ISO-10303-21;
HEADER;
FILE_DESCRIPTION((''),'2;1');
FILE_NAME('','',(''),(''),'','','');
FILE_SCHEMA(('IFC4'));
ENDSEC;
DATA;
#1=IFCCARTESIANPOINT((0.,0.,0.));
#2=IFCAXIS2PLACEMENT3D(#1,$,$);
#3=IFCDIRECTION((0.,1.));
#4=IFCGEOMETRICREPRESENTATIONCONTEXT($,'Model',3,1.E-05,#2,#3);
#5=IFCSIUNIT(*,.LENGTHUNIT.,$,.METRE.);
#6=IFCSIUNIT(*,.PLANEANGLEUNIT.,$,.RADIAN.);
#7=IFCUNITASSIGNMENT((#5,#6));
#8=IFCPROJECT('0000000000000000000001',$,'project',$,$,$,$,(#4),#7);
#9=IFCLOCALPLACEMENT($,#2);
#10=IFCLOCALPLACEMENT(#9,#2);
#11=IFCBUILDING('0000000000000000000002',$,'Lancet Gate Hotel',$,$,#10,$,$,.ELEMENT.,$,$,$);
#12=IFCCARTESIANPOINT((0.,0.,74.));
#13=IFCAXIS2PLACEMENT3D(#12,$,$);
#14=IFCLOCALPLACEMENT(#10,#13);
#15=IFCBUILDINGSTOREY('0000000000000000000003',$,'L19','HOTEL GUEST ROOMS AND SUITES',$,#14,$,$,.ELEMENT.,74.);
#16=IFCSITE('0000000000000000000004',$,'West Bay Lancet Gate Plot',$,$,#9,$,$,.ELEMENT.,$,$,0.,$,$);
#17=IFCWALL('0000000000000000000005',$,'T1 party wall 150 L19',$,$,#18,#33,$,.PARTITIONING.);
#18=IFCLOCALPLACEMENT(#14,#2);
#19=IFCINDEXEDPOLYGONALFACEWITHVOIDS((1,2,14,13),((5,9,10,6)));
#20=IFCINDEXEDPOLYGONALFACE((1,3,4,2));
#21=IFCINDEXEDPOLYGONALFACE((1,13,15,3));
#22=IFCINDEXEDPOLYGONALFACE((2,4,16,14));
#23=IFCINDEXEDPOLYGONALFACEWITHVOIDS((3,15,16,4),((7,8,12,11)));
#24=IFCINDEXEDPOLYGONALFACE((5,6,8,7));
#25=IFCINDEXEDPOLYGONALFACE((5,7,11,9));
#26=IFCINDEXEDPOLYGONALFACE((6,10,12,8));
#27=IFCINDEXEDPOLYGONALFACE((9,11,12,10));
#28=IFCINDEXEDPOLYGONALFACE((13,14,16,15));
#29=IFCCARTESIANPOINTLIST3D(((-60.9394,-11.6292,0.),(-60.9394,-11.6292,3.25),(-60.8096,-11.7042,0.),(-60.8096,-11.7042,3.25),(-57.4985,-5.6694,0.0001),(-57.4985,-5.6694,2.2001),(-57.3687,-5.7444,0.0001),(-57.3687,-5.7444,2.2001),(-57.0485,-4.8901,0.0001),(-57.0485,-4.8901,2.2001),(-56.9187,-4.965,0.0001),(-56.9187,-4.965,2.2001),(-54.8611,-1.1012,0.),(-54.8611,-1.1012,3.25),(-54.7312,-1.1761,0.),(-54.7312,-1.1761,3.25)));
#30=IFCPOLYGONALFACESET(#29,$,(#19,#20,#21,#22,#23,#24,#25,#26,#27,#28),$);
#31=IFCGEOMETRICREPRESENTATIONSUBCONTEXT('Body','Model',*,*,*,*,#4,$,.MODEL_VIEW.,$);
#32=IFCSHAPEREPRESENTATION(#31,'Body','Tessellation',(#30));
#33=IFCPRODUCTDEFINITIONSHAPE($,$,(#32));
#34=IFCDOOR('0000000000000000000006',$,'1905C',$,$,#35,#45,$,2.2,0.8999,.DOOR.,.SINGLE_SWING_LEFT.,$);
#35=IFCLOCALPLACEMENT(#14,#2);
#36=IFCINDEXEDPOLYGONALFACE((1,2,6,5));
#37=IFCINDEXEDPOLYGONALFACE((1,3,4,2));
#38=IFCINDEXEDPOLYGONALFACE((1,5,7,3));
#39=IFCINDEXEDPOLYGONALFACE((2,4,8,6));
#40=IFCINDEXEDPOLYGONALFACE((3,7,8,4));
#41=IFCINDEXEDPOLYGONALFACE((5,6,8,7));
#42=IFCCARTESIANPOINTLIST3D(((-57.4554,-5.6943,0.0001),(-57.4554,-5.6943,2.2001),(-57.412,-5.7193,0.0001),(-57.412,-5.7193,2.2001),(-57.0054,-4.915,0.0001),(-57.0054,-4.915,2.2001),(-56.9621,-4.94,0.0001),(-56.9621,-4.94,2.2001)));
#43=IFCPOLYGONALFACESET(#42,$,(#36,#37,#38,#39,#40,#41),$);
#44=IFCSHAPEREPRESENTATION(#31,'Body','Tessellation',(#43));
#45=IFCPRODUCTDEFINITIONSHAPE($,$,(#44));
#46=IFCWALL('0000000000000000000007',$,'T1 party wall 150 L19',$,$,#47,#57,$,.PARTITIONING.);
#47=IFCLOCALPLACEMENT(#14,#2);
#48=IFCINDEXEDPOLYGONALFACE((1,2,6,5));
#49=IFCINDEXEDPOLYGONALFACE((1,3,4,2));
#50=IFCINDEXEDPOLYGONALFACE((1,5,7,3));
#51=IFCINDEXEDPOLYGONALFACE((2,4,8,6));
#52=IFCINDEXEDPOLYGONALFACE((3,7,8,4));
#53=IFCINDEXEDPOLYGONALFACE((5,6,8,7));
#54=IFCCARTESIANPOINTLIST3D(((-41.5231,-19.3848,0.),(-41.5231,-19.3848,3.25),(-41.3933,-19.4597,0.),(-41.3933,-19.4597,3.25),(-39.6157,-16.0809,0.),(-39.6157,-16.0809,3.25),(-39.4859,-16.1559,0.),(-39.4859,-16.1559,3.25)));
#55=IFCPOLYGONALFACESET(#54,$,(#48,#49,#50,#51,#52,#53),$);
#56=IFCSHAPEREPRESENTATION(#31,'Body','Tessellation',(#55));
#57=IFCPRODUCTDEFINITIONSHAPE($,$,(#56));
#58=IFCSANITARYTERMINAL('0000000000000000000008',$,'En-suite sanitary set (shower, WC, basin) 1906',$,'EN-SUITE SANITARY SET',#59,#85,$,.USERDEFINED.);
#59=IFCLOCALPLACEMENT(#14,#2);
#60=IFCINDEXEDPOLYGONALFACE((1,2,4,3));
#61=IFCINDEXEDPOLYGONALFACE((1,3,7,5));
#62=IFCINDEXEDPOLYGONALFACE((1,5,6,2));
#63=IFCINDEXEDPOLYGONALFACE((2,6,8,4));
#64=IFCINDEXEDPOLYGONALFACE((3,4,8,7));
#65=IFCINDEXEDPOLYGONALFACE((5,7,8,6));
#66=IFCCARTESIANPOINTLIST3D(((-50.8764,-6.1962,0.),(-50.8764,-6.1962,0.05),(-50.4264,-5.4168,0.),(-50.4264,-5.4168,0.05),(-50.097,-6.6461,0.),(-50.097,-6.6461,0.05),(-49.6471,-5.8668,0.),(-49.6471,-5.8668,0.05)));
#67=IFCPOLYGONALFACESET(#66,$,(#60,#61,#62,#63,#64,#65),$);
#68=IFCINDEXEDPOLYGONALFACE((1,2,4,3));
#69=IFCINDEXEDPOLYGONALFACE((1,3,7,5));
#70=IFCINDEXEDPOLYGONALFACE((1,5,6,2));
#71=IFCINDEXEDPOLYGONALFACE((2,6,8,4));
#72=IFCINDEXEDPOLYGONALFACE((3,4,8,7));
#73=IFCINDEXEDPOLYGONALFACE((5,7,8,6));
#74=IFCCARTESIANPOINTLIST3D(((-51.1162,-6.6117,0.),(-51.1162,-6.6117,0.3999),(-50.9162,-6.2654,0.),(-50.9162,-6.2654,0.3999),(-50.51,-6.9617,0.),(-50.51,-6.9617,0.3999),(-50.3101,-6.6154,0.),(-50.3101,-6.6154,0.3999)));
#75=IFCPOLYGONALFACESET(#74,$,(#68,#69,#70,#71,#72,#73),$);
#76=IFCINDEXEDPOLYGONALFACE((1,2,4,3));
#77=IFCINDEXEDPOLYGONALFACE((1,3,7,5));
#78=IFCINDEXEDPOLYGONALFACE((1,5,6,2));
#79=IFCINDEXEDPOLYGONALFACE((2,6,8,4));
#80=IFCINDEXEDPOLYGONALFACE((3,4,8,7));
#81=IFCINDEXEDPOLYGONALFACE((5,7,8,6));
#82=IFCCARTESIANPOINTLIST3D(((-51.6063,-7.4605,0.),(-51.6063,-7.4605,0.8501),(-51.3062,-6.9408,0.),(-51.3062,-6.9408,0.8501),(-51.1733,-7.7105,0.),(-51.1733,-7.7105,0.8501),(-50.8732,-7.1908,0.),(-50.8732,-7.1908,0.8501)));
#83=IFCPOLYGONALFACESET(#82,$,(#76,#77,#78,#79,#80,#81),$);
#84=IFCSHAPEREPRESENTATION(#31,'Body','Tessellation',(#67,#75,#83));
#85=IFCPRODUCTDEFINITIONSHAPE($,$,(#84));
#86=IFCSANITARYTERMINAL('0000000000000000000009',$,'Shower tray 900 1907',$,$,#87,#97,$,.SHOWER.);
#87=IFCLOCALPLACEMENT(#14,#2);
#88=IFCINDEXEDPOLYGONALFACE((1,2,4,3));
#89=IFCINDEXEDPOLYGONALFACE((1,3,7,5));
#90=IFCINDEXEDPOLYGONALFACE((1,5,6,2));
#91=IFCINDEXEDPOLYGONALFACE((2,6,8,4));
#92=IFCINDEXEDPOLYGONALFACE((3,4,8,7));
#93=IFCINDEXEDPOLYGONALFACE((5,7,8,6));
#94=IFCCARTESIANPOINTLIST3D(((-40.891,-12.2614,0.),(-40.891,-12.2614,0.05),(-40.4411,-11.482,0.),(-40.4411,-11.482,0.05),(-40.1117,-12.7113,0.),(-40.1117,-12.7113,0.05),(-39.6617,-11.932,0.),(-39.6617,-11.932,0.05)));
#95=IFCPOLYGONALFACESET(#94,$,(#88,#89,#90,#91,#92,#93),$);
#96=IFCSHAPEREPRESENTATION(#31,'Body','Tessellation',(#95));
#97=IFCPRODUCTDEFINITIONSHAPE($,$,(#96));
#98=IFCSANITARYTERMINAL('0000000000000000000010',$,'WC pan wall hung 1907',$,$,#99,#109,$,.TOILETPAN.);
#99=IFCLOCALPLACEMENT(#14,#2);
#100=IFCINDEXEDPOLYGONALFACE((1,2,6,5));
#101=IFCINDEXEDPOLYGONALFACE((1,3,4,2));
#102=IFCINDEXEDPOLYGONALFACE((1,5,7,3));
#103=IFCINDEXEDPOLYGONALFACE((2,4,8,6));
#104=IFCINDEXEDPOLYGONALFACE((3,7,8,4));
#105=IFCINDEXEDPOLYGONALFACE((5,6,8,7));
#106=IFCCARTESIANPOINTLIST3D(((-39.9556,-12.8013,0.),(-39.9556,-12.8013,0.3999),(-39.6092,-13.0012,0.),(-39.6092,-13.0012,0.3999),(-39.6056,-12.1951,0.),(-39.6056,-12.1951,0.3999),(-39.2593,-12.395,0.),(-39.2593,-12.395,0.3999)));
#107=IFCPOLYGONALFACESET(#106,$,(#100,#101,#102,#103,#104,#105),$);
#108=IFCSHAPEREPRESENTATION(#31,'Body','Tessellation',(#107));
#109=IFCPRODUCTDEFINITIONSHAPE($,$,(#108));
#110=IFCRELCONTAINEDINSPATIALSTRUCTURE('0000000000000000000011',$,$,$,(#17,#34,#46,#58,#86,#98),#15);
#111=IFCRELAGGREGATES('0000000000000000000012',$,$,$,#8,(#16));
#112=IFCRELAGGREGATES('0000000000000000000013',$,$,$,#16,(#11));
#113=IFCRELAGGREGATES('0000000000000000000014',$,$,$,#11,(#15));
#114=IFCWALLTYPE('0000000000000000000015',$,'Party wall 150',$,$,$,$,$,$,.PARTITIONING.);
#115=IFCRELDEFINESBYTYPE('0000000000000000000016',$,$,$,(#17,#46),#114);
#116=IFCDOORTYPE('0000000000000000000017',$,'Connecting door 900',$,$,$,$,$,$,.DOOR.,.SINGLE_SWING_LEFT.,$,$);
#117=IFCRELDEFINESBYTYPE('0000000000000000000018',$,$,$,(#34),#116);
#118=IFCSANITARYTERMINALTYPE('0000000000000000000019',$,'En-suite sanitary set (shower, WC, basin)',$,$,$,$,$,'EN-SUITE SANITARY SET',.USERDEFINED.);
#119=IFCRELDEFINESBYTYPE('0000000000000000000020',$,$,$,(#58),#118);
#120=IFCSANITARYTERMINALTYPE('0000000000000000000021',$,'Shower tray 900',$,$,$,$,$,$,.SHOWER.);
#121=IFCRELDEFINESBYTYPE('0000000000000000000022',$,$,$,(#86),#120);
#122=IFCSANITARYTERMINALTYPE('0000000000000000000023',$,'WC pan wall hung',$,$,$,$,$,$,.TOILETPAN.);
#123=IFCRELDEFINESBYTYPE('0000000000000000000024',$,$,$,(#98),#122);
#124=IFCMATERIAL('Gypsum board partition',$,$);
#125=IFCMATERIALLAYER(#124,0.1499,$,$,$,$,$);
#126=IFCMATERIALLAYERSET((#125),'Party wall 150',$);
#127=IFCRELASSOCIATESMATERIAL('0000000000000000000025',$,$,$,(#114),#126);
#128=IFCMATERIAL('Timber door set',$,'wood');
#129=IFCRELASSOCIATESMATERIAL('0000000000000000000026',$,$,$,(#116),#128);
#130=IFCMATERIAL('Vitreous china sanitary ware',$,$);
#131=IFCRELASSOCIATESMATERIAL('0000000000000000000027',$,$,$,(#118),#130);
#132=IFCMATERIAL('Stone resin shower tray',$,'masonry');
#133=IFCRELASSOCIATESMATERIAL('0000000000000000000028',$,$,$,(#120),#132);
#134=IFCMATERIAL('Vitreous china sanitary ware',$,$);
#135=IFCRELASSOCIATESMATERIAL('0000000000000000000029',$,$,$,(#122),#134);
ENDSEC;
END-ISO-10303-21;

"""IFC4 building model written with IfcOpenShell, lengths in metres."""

from ifc_helpers import new_model, si_unit, direction, frame, frame_2d, origin, origin_2d, place, context, subcontext, project, spatial, rectangle, extrude, material, layer, layer_set, type_object, element, fill, save


model = new_model("IFC4")

# Units and contexts
model_context = context("Model", 3, precision=1e-05, world=origin(), true_north=direction((0.0, 1.0)))
body_context = subcontext(model_context, "Body", "Model", "MODEL_VIEW")
ifc_project = project(units=[si_unit("LENGTHUNIT", "METRE"), si_unit("PLANEANGLEUNIT", "RADIAN")], contexts=[model_context])

# Site, building, storey
site_placement = place(None, origin())
site = spatial("IfcSite", under=ifc_project, at=site_placement, Name="West Bay Lancet Gate Plot", CompositionType="ELEMENT", RefElevation=0.0)
building_placement = place(site_placement, origin())
building = spatial("IfcBuilding", under=site, at=building_placement, Name="Lancet Gate Hotel", CompositionType="ELEMENT")
storey_placement = place(building_placement, frame((0.0, 0.0, 74.0)))
storey = spatial("IfcBuildingStorey", under=building, at=storey_placement, Name="L19", Description="HOTEL GUEST ROOMS AND SUITES", CompositionType="ELEMENT", Elevation=74.0)

# Shared definitions
ifc_material_1 = material(Name="Gypsum board partition")
ifc_layer_1 = layer(ifc_material_1, 0.1499)
ifc_layer_set_1 = layer_set([ifc_layer_1], Name="Party wall 150")
wall_type_1 = type_object("IfcWallType", Name="Party wall 150", PredefinedType="PARTITIONING", material=ifc_layer_set_1)

# Wall, opening, door
wall_1_placement = place(storey_placement, frame((-54.7961, -1.1387, 0.0), z_axis=(0.0, 0.0, 1.0), x_axis=(-0.499999, -0.866026, 0.0)))
wall_1 = element("IfcWall", 1, at=wall_1_placement, inside=storey, type_object=wall_type_1, Name="T1 party wall 150 L19", PredefinedType="PARTITIONING", context=body_context, shape_type="SweptSolid", body=[
    extrude(rectangle(XDim=12.1567, YDim=0.1499, at=frame_2d((6.0784, 0.0))), origin(), (0.0, 0.0, 1.0), 3.25),
])
opening_1_placement = place(wall_1_placement, frame((4.375, 0.0, 0.0)))
opening_1 = element("IfcOpeningElement", 2, at=opening_1_placement, cuts=wall_1, PredefinedType="OPENING", context=body_context, shape_type="SweptSolid", body=[
    extrude(rectangle(XDim=0.8999, YDim=2.2, at=frame_2d((0.45, 1.1001))), frame((0.0, 0.085, 0.0), z_axis=(0.0, -1.0, 0.0), x_axis=(1.0, 0.0, 0.0)), (0.0, 0.0, 1.0), 0.1699),
])
ifc_material_2 = material(Name="Timber door set", Category="wood")
door_type_1 = type_object("IfcDoorType", Name="Connecting door 900", OperationType="SINGLE_SWING_LEFT", PredefinedType="DOOR", material=ifc_material_2)
door_1_placement = place(opening_1_placement, origin())
door_1 = element("IfcDoor", 3, at=door_1_placement, inside=storey, type_object=door_type_1, Name="1905C", OperationType="SINGLE_SWING_LEFT", OverallHeight=2.2, OverallWidth=0.8999, PredefinedType="DOOR", context=body_context, shape_type="SweptSolid", body=[
    extrude(rectangle(XDim=0.8999, YDim=2.2, at=frame_2d((0.45, 1.1001))), frame((0.0, 0.0249, 0.0), z_axis=(0.0, -1.0, 0.0), x_axis=(1.0, 0.0, 0.0)), (0.0, 0.0, 1.0), 0.05),
])
fill(opening_1, door_1)

# Wall
wall_2_placement = place(storey_placement, frame((-39.5508, -16.1184, 0.0), z_axis=(0.0, 0.0, 1.0), x_axis=(-0.499987, -0.866033, 0.0)))
element("IfcWall", 4, at=wall_2_placement, inside=storey, type_object=wall_type_1, Name="T1 party wall 150 L19", PredefinedType="PARTITIONING", context=body_context, shape_type="SweptSolid", body=[
    extrude(rectangle(XDim=3.8149, YDim=0.1499, at=frame_2d((1.9075, 0.0))), origin(), (0.0, 0.0, 1.0), 3.25),
])

# Sanitary terminals
ifc_material_3 = material(Name="Vitreous china sanitary ware")
sanitary_terminal_type_1 = type_object("IfcSanitaryTerminalType", Name="En-suite sanitary set (shower, WC, basin)", ElementType="EN-SUITE SANITARY SET", PredefinedType="USERDEFINED", material=ifc_material_3)
sanitary_terminal_1_placement = place(storey_placement, frame((-50.2617, -6.0315, 0.0), z_axis=(0.0, 0.0, 1.0), x_axis=(1.0, 0.0, 0.0)))
element("IfcSanitaryTerminal", 5, at=sanitary_terminal_1_placement, inside=storey, type_object=sanitary_terminal_type_1, Name="En-suite sanitary set (shower, WC, basin) 1906", ObjectType="EN-SUITE SANITARY SET", PredefinedType="USERDEFINED", context=body_context, shape_type="SweptSolid", body=[
    extrude(rectangle(XDim=0.8999, YDim=0.8999, at=origin_2d()), frame((0.0, 0.0, 0.0), z_axis=(0.0, 0.0, 1.0), x_axis=(0.5, 0.866025, 0.0)), (0.0, 0.0, 1.0), 0.05),
    extrude(rectangle(XDim=0.3999, YDim=0.7, at=origin_2d()), frame((-0.4514, -0.582, 0.0), z_axis=(0.0, 0.0, 1.0), x_axis=(0.5, 0.866025, 0.0)), (0.0, 0.0, 1.0), 0.3999),
    extrude(rectangle(XDim=0.6001, YDim=0.5, at=origin_2d()), frame((-0.978, -1.2942, 0.0), z_axis=(0.0, 0.0, 1.0), x_axis=(0.5, 0.866025, 0.0)), (0.0, 0.0, 1.0), 0.8501),
])
ifc_material_4 = material(Name="Stone resin shower tray", Category="masonry")
sanitary_terminal_type_2 = type_object("IfcSanitaryTerminalType", Name="Shower tray 900", PredefinedType="SHOWER", material=ifc_material_4)
sanitary_terminal_2_placement = place(storey_placement, frame((-40.2764, -12.0967, 0.0), z_axis=(0.0, 0.0, 1.0), x_axis=(-0.866025, 0.5, 0.0)))
element("IfcSanitaryTerminal", 6, at=sanitary_terminal_2_placement, inside=storey, type_object=sanitary_terminal_type_2, Name="Shower tray 900 1907", PredefinedType="SHOWER", context=body_context, shape_type="SweptSolid", body=[
    extrude(rectangle(XDim=0.8999, YDim=0.8999, at=origin_2d()), origin(), (0.0, 0.0, 1.0), 0.05),
])
ifc_material_5 = material(Name="Vitreous china sanitary ware")
sanitary_terminal_type_3 = type_object("IfcSanitaryTerminalType", Name="WC pan wall hung", PredefinedType="TOILETPAN", material=ifc_material_5)
sanitary_terminal_3_placement = place(storey_placement, frame((-39.6074, -12.5981, 0.0), z_axis=(0.0, 0.0, 1.0), x_axis=(-0.866025, 0.5, 0.0)))
element("IfcSanitaryTerminal", 7, at=sanitary_terminal_3_placement, inside=storey, type_object=sanitary_terminal_type_3, Name="WC pan wall hung 1907", PredefinedType="TOILETPAN", context=body_context, shape_type="SweptSolid", body=[
    extrude(rectangle(XDim=0.3999, YDim=0.7, at=origin_2d()), origin(), (0.0, 0.0, 1.0), 0.3999),
])

save(model, "model.ifc")
